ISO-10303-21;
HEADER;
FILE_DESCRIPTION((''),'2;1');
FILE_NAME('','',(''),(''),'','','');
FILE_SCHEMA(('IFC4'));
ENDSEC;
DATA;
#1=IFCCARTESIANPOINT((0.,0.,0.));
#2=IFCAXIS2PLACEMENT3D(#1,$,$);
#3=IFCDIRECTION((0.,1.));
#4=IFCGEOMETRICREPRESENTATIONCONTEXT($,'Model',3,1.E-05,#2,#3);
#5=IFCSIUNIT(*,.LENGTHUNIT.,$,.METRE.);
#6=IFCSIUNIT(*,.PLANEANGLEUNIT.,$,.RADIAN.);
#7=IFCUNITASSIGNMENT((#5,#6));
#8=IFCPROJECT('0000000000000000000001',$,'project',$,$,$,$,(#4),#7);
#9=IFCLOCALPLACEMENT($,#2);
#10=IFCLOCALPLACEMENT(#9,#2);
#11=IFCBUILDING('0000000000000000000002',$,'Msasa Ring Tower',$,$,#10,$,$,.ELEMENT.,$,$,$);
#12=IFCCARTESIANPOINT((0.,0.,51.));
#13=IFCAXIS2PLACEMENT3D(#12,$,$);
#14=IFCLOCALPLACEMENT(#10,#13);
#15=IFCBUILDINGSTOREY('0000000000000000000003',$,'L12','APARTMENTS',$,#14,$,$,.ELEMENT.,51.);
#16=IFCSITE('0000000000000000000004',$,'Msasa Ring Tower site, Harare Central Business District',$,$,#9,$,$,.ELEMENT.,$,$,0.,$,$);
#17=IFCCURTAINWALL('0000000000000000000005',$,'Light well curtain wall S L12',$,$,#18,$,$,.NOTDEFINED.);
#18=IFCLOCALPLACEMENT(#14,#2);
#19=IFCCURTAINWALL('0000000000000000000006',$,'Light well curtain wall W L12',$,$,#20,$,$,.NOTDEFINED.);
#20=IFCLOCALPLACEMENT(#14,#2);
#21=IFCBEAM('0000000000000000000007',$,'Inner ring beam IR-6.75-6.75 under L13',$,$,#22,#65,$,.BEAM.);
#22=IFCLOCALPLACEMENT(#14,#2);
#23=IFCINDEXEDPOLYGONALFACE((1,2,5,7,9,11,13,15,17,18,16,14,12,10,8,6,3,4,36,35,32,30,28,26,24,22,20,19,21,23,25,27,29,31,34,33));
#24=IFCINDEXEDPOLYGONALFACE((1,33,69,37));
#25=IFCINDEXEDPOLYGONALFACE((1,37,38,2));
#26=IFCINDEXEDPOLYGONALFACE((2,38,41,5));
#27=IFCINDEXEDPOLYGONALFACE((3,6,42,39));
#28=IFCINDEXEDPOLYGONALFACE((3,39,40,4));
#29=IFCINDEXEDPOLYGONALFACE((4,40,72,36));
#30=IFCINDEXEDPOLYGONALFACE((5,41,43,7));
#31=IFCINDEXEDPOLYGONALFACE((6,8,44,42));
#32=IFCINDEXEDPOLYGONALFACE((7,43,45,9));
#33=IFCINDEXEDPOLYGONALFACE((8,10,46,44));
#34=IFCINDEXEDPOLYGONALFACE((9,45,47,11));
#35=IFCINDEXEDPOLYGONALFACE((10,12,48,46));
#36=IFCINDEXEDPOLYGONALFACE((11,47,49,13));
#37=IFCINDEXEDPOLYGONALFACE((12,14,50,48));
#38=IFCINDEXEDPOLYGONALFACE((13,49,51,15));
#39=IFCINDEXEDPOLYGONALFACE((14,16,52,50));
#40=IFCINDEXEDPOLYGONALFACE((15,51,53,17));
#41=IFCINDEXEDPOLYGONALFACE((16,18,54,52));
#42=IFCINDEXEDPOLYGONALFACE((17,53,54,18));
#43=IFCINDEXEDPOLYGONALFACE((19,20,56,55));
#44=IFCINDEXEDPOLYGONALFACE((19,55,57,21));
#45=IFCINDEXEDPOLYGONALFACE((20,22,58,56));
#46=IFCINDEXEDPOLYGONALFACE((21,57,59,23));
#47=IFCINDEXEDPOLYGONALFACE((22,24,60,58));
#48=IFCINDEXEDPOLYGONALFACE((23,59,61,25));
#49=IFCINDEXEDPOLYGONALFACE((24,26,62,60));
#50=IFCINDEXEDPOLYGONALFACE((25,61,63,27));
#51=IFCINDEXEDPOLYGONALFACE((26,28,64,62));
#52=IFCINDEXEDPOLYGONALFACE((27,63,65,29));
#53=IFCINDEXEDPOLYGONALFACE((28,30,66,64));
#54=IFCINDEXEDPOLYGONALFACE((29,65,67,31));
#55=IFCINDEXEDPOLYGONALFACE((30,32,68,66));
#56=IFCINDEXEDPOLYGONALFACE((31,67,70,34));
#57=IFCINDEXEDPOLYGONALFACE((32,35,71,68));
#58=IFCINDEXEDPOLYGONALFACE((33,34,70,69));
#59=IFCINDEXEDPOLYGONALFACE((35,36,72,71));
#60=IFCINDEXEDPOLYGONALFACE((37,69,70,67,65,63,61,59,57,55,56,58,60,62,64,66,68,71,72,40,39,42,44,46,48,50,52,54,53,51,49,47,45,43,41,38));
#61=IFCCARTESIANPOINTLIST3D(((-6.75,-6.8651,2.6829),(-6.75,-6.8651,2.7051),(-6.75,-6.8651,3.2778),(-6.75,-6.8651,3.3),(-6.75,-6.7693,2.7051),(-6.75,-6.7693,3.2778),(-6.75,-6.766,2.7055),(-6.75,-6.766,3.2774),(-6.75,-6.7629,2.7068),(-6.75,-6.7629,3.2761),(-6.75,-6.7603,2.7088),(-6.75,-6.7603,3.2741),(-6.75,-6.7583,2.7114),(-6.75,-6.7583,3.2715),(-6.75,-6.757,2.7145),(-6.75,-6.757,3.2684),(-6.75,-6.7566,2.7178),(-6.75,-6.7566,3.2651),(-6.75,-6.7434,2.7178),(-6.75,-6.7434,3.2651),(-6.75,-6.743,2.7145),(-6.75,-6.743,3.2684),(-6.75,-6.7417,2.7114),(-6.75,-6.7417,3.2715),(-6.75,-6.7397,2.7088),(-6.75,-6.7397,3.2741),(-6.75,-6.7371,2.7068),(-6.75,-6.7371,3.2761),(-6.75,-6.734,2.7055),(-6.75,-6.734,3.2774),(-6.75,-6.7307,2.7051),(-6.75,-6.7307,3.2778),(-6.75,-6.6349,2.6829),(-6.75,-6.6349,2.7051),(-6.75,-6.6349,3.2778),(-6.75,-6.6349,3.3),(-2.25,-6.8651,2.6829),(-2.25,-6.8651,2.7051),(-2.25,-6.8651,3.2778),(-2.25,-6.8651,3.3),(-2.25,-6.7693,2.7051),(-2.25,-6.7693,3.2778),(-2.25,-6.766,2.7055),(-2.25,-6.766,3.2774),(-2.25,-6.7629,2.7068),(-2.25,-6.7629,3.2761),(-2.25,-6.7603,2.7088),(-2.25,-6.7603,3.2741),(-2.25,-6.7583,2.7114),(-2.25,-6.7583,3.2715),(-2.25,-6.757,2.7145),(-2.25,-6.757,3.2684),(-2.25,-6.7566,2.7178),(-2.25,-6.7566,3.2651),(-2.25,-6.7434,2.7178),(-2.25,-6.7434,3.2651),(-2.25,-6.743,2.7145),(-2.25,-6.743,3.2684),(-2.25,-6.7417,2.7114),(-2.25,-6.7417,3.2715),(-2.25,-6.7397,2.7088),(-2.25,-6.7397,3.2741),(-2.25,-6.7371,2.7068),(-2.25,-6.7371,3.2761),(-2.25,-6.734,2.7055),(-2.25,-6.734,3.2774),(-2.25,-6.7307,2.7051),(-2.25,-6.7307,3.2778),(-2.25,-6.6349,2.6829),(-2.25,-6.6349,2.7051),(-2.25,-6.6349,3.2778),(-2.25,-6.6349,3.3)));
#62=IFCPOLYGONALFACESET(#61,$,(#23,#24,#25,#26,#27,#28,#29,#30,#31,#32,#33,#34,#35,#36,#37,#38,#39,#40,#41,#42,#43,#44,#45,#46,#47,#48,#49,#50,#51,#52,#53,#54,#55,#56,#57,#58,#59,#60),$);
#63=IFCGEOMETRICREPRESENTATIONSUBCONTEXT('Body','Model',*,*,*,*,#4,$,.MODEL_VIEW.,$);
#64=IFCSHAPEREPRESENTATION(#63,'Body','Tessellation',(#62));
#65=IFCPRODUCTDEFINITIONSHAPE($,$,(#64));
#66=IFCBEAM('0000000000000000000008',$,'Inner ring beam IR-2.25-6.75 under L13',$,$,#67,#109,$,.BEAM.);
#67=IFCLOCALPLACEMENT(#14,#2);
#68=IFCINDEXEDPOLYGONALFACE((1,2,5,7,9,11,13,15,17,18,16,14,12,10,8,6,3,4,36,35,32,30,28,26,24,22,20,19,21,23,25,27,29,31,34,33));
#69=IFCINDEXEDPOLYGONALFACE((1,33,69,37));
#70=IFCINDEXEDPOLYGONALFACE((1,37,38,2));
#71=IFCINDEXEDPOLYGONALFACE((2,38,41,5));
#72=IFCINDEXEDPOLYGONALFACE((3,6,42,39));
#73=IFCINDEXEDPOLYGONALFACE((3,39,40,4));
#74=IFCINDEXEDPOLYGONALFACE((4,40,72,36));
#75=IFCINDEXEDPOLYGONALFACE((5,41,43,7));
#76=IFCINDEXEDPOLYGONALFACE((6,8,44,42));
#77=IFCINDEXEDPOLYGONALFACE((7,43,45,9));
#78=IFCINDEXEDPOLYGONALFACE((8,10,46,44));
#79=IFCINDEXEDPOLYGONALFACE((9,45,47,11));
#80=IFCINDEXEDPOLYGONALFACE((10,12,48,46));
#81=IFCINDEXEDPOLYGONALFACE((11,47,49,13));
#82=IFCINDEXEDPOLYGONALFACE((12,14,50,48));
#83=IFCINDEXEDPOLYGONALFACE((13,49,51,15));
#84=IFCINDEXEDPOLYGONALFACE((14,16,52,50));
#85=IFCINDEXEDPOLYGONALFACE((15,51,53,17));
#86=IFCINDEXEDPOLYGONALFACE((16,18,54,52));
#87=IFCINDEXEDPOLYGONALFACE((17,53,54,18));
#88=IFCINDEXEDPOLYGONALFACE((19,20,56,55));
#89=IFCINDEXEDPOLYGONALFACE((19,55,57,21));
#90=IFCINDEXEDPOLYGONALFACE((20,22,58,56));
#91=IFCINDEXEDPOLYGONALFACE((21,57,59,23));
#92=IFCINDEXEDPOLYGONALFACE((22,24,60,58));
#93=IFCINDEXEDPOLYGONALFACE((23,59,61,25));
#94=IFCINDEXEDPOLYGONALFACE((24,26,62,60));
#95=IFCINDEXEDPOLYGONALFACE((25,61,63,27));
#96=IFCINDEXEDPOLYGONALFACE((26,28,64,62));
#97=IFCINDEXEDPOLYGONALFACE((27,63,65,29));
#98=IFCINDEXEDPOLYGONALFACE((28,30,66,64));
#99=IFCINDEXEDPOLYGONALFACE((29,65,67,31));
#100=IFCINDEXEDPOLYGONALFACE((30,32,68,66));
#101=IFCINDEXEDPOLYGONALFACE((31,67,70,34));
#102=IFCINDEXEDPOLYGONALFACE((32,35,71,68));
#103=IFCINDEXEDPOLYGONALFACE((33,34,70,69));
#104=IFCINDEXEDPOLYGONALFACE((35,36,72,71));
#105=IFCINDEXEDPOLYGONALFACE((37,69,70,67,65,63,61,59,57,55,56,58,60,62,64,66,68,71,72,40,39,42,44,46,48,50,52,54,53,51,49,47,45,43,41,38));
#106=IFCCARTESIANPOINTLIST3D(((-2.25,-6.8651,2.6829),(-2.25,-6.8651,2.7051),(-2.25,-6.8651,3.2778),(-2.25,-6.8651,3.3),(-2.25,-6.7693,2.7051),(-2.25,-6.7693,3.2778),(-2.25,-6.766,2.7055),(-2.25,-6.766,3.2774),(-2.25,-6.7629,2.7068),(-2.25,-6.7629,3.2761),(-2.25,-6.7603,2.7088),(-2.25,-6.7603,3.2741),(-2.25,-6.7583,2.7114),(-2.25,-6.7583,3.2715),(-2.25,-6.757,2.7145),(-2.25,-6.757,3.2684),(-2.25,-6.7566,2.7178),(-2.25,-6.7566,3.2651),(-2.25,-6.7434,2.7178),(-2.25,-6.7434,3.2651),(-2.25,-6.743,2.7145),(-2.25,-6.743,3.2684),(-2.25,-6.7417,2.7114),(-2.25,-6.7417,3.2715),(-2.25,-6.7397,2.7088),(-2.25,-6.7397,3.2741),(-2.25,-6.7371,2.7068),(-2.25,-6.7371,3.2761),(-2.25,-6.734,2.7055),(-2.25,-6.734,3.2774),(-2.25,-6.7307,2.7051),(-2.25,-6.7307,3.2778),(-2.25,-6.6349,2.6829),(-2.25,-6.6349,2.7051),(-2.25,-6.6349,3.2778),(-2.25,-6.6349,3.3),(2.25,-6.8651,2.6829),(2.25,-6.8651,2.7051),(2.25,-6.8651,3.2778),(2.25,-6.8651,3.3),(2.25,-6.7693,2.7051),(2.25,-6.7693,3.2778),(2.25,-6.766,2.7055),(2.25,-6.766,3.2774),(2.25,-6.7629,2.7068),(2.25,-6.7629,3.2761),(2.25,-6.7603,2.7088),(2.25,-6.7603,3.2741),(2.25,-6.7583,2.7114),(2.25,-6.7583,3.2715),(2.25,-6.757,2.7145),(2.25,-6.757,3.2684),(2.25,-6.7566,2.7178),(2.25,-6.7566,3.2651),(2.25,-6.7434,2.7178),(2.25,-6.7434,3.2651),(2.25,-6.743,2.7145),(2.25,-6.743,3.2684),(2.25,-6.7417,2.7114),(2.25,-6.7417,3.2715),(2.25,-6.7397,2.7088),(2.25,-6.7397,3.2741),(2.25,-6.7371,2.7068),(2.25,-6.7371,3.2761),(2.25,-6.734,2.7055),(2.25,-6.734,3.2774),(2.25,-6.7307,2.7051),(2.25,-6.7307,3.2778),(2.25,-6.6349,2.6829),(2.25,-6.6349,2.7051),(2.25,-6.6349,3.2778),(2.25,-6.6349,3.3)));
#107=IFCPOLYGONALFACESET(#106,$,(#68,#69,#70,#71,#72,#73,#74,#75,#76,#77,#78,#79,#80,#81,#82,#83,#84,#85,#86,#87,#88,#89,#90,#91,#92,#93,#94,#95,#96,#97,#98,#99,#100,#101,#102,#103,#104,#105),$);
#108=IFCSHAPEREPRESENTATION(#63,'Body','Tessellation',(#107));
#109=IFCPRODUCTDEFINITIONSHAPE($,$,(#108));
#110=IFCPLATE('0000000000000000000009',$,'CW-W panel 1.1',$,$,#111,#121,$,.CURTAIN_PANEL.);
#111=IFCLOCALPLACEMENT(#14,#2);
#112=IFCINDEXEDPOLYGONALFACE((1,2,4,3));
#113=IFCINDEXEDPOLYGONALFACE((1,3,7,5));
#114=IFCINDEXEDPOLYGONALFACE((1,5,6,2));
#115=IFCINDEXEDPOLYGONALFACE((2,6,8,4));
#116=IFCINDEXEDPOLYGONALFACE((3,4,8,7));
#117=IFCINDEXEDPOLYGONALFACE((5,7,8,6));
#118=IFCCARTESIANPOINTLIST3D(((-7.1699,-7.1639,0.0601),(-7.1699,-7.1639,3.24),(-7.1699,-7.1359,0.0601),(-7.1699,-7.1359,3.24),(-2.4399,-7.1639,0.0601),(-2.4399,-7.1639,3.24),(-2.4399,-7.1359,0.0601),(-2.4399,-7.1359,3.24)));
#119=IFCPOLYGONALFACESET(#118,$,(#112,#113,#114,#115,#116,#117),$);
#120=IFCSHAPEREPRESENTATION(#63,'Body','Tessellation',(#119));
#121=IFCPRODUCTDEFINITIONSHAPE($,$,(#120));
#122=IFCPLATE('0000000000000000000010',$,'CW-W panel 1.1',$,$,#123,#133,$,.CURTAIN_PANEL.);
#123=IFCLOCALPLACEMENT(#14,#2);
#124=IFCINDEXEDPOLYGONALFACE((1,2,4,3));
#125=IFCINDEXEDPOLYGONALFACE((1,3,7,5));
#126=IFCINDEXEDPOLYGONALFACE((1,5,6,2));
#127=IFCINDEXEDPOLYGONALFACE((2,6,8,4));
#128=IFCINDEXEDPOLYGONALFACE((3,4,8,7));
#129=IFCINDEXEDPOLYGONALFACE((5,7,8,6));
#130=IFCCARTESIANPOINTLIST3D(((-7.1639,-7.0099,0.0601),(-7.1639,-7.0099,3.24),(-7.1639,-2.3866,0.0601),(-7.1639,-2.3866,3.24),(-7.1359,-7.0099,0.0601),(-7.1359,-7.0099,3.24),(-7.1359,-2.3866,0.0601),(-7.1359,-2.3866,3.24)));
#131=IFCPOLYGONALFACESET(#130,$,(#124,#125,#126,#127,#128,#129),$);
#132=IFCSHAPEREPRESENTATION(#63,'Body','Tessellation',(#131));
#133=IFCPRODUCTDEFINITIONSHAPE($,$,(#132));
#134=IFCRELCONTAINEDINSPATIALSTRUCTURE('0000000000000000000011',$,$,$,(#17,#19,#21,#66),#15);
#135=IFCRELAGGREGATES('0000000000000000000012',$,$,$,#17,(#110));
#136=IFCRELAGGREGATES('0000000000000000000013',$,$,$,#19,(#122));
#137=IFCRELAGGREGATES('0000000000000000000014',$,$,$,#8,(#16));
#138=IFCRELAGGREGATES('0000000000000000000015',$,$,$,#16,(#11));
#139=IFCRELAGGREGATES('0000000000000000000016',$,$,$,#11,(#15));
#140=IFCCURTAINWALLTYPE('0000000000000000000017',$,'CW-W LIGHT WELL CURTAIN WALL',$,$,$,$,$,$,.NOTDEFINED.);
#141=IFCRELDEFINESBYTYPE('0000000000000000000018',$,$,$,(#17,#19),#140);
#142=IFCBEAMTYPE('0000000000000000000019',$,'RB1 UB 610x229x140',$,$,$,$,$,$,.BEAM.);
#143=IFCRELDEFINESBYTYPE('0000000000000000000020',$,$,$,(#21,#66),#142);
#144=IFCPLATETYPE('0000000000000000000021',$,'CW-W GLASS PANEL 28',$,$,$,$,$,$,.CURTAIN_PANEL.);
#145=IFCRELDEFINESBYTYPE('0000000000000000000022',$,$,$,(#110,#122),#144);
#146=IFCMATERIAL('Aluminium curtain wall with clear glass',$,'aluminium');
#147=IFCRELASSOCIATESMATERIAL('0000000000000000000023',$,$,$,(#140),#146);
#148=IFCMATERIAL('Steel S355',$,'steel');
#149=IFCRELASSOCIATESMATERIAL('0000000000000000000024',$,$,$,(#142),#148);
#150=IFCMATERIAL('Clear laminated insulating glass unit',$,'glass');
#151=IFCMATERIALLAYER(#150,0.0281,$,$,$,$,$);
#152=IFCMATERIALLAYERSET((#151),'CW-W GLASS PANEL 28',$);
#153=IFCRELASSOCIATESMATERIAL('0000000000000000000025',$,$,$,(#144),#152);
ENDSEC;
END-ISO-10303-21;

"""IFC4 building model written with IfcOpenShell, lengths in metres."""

from ifc_helpers import new_model, si_unit, direction, frame, origin, origin_2d, place, context, subcontext, project, spatial, rectangle, i_section, extrude, material, layer, layer_set, material_profile, profile_set, type_object, element, aggregate, save


model = new_model("IFC4")

# Units and contexts
model_context = context("Model", 3, precision=1e-05, world=origin(), true_north=direction((0.0, 1.0)))
body_context = subcontext(model_context, "Body", "Model", "MODEL_VIEW")
ifc_project = project(units=[si_unit("LENGTHUNIT", "METRE"), si_unit("PLANEANGLEUNIT", "RADIAN")], contexts=[model_context])

# Site, building, storey
site_placement = place(None, origin())
site = spatial("IfcSite", under=ifc_project, at=site_placement, Name="Msasa Ring Tower site, Harare Central Business District", CompositionType="ELEMENT", RefElevation=0.0)
building_placement = place(site_placement, origin())
building = spatial("IfcBuilding", under=site, at=building_placement, Name="Msasa Ring Tower", CompositionType="ELEMENT")
storey_placement = place(building_placement, frame((0.0, 0.0, 51.0)))
storey = spatial("IfcBuildingStorey", under=building, at=storey_placement, Name="L12", Description="APARTMENTS", CompositionType="ELEMENT", Elevation=51.0)

# Curtain walls
ifc_material_1 = material(Name="Aluminium curtain wall with clear glass", Category="aluminium")
curtain_wall_type = type_object("IfcCurtainWallType", Name="CW-W LIGHT WELL CURTAIN WALL", PredefinedType="NOTDEFINED", material=ifc_material_1)
curtain_wall_1_placement = place(storey_placement, origin())
curtain_wall_1 = element("IfcCurtainWall", 1, at=curtain_wall_1_placement, inside=storey, type_object=curtain_wall_type, Name="Light well curtain wall S L12", PredefinedType="NOTDEFINED")
curtain_wall_2_placement = place(storey_placement, origin())
curtain_wall_2 = element("IfcCurtainWall", 2, at=curtain_wall_2_placement, inside=storey, type_object=curtain_wall_type, Name="Light well curtain wall W L12", PredefinedType="NOTDEFINED")

# Beams
ifc_material_2 = material(Name="Steel S355", Category="steel")
ifc_material_profile_1 = material_profile(ifc_material_2, i_section(OverallWidth=0.2302, OverallDepth=0.6172, WebThickness=0.0132, FlangeThickness=0.0222, FilletRadius=0.0127, at=origin_2d()), Name="UB 610x229x140")
ifc_profile_set_1 = profile_set([ifc_material_profile_1], Name="Steel S355")
beam_type = type_object("IfcBeamType", Name="RB1 UB 610x229x140", PredefinedType="BEAM", material=ifc_profile_set_1)
for number, where, z_axis, x_axis, name in (
    (3, (-6.75, -6.75, 2.9915), (1.0, 0.0, 0.0), (0.0, 1.0, 0.0), "Inner ring beam IR-6.75-6.75 under L13"),
    (4, (-2.25, -6.75, 2.9915), (1.0, 0.0, 0.0), (0.0, 1.0, 0.0), "Inner ring beam IR-2.25-6.75 under L13"),
):
    element("IfcBeam", number, at=place(storey_placement, frame(where, z_axis=z_axis, x_axis=x_axis)), inside=storey, type_object=beam_type, Name=name, PredefinedType="BEAM", context=body_context, shape_type="SweptSolid", body=[
        extrude(i_section(OverallWidth=0.2302, OverallDepth=0.6172, WebThickness=0.0132, FlangeThickness=0.0222, FilletRadius=0.0127, at=origin_2d()), origin(), (0.0, 0.0, 1.0), 4.5),
    ])

# Plates
ifc_material_3 = material(Name="Clear laminated insulating glass unit", Category="glass")
ifc_layer = layer(ifc_material_3, 0.0281)
ifc_layer_set = layer_set([ifc_layer], Name="CW-W GLASS PANEL 28")
plate_type = type_object("IfcPlateType", Name="CW-W GLASS PANEL 28", PredefinedType="CURTAIN_PANEL", material=ifc_layer_set)
plate_1_placement = place(storey_placement, frame((-4.8049, -7.1499, 0.0601), z_axis=(0.0, 0.0, 1.0), x_axis=(1.0, 0.0, 0.0)))
plate_1 = element("IfcPlate", 5, at=plate_1_placement, type_object=plate_type, Name="CW-W panel 1.1", PredefinedType="CURTAIN_PANEL", context=body_context, shape_type="SweptSolid", body=[
    extrude(rectangle(XDim=4.73, YDim=0.0281, at=origin_2d()), origin(), (0.0, 0.0, 1.0), 3.1799),
])
aggregate(curtain_wall_1, [plate_1])
plate_2_placement = place(storey_placement, frame((-7.1499, -4.6982, 0.0601), z_axis=(0.0, 0.0, 1.0), x_axis=(0.0, 1.0, 0.0)))
plate_2 = element("IfcPlate", 6, at=plate_2_placement, type_object=plate_type, Name="CW-W panel 1.1", PredefinedType="CURTAIN_PANEL", context=body_context, shape_type="SweptSolid", body=[
    extrude(rectangle(XDim=4.6233, YDim=0.0281, at=origin_2d()), origin(), (0.0, 0.0, 1.0), 3.1799),
])
aggregate(curtain_wall_2, [plate_2])

save(model, "model.ifc")
